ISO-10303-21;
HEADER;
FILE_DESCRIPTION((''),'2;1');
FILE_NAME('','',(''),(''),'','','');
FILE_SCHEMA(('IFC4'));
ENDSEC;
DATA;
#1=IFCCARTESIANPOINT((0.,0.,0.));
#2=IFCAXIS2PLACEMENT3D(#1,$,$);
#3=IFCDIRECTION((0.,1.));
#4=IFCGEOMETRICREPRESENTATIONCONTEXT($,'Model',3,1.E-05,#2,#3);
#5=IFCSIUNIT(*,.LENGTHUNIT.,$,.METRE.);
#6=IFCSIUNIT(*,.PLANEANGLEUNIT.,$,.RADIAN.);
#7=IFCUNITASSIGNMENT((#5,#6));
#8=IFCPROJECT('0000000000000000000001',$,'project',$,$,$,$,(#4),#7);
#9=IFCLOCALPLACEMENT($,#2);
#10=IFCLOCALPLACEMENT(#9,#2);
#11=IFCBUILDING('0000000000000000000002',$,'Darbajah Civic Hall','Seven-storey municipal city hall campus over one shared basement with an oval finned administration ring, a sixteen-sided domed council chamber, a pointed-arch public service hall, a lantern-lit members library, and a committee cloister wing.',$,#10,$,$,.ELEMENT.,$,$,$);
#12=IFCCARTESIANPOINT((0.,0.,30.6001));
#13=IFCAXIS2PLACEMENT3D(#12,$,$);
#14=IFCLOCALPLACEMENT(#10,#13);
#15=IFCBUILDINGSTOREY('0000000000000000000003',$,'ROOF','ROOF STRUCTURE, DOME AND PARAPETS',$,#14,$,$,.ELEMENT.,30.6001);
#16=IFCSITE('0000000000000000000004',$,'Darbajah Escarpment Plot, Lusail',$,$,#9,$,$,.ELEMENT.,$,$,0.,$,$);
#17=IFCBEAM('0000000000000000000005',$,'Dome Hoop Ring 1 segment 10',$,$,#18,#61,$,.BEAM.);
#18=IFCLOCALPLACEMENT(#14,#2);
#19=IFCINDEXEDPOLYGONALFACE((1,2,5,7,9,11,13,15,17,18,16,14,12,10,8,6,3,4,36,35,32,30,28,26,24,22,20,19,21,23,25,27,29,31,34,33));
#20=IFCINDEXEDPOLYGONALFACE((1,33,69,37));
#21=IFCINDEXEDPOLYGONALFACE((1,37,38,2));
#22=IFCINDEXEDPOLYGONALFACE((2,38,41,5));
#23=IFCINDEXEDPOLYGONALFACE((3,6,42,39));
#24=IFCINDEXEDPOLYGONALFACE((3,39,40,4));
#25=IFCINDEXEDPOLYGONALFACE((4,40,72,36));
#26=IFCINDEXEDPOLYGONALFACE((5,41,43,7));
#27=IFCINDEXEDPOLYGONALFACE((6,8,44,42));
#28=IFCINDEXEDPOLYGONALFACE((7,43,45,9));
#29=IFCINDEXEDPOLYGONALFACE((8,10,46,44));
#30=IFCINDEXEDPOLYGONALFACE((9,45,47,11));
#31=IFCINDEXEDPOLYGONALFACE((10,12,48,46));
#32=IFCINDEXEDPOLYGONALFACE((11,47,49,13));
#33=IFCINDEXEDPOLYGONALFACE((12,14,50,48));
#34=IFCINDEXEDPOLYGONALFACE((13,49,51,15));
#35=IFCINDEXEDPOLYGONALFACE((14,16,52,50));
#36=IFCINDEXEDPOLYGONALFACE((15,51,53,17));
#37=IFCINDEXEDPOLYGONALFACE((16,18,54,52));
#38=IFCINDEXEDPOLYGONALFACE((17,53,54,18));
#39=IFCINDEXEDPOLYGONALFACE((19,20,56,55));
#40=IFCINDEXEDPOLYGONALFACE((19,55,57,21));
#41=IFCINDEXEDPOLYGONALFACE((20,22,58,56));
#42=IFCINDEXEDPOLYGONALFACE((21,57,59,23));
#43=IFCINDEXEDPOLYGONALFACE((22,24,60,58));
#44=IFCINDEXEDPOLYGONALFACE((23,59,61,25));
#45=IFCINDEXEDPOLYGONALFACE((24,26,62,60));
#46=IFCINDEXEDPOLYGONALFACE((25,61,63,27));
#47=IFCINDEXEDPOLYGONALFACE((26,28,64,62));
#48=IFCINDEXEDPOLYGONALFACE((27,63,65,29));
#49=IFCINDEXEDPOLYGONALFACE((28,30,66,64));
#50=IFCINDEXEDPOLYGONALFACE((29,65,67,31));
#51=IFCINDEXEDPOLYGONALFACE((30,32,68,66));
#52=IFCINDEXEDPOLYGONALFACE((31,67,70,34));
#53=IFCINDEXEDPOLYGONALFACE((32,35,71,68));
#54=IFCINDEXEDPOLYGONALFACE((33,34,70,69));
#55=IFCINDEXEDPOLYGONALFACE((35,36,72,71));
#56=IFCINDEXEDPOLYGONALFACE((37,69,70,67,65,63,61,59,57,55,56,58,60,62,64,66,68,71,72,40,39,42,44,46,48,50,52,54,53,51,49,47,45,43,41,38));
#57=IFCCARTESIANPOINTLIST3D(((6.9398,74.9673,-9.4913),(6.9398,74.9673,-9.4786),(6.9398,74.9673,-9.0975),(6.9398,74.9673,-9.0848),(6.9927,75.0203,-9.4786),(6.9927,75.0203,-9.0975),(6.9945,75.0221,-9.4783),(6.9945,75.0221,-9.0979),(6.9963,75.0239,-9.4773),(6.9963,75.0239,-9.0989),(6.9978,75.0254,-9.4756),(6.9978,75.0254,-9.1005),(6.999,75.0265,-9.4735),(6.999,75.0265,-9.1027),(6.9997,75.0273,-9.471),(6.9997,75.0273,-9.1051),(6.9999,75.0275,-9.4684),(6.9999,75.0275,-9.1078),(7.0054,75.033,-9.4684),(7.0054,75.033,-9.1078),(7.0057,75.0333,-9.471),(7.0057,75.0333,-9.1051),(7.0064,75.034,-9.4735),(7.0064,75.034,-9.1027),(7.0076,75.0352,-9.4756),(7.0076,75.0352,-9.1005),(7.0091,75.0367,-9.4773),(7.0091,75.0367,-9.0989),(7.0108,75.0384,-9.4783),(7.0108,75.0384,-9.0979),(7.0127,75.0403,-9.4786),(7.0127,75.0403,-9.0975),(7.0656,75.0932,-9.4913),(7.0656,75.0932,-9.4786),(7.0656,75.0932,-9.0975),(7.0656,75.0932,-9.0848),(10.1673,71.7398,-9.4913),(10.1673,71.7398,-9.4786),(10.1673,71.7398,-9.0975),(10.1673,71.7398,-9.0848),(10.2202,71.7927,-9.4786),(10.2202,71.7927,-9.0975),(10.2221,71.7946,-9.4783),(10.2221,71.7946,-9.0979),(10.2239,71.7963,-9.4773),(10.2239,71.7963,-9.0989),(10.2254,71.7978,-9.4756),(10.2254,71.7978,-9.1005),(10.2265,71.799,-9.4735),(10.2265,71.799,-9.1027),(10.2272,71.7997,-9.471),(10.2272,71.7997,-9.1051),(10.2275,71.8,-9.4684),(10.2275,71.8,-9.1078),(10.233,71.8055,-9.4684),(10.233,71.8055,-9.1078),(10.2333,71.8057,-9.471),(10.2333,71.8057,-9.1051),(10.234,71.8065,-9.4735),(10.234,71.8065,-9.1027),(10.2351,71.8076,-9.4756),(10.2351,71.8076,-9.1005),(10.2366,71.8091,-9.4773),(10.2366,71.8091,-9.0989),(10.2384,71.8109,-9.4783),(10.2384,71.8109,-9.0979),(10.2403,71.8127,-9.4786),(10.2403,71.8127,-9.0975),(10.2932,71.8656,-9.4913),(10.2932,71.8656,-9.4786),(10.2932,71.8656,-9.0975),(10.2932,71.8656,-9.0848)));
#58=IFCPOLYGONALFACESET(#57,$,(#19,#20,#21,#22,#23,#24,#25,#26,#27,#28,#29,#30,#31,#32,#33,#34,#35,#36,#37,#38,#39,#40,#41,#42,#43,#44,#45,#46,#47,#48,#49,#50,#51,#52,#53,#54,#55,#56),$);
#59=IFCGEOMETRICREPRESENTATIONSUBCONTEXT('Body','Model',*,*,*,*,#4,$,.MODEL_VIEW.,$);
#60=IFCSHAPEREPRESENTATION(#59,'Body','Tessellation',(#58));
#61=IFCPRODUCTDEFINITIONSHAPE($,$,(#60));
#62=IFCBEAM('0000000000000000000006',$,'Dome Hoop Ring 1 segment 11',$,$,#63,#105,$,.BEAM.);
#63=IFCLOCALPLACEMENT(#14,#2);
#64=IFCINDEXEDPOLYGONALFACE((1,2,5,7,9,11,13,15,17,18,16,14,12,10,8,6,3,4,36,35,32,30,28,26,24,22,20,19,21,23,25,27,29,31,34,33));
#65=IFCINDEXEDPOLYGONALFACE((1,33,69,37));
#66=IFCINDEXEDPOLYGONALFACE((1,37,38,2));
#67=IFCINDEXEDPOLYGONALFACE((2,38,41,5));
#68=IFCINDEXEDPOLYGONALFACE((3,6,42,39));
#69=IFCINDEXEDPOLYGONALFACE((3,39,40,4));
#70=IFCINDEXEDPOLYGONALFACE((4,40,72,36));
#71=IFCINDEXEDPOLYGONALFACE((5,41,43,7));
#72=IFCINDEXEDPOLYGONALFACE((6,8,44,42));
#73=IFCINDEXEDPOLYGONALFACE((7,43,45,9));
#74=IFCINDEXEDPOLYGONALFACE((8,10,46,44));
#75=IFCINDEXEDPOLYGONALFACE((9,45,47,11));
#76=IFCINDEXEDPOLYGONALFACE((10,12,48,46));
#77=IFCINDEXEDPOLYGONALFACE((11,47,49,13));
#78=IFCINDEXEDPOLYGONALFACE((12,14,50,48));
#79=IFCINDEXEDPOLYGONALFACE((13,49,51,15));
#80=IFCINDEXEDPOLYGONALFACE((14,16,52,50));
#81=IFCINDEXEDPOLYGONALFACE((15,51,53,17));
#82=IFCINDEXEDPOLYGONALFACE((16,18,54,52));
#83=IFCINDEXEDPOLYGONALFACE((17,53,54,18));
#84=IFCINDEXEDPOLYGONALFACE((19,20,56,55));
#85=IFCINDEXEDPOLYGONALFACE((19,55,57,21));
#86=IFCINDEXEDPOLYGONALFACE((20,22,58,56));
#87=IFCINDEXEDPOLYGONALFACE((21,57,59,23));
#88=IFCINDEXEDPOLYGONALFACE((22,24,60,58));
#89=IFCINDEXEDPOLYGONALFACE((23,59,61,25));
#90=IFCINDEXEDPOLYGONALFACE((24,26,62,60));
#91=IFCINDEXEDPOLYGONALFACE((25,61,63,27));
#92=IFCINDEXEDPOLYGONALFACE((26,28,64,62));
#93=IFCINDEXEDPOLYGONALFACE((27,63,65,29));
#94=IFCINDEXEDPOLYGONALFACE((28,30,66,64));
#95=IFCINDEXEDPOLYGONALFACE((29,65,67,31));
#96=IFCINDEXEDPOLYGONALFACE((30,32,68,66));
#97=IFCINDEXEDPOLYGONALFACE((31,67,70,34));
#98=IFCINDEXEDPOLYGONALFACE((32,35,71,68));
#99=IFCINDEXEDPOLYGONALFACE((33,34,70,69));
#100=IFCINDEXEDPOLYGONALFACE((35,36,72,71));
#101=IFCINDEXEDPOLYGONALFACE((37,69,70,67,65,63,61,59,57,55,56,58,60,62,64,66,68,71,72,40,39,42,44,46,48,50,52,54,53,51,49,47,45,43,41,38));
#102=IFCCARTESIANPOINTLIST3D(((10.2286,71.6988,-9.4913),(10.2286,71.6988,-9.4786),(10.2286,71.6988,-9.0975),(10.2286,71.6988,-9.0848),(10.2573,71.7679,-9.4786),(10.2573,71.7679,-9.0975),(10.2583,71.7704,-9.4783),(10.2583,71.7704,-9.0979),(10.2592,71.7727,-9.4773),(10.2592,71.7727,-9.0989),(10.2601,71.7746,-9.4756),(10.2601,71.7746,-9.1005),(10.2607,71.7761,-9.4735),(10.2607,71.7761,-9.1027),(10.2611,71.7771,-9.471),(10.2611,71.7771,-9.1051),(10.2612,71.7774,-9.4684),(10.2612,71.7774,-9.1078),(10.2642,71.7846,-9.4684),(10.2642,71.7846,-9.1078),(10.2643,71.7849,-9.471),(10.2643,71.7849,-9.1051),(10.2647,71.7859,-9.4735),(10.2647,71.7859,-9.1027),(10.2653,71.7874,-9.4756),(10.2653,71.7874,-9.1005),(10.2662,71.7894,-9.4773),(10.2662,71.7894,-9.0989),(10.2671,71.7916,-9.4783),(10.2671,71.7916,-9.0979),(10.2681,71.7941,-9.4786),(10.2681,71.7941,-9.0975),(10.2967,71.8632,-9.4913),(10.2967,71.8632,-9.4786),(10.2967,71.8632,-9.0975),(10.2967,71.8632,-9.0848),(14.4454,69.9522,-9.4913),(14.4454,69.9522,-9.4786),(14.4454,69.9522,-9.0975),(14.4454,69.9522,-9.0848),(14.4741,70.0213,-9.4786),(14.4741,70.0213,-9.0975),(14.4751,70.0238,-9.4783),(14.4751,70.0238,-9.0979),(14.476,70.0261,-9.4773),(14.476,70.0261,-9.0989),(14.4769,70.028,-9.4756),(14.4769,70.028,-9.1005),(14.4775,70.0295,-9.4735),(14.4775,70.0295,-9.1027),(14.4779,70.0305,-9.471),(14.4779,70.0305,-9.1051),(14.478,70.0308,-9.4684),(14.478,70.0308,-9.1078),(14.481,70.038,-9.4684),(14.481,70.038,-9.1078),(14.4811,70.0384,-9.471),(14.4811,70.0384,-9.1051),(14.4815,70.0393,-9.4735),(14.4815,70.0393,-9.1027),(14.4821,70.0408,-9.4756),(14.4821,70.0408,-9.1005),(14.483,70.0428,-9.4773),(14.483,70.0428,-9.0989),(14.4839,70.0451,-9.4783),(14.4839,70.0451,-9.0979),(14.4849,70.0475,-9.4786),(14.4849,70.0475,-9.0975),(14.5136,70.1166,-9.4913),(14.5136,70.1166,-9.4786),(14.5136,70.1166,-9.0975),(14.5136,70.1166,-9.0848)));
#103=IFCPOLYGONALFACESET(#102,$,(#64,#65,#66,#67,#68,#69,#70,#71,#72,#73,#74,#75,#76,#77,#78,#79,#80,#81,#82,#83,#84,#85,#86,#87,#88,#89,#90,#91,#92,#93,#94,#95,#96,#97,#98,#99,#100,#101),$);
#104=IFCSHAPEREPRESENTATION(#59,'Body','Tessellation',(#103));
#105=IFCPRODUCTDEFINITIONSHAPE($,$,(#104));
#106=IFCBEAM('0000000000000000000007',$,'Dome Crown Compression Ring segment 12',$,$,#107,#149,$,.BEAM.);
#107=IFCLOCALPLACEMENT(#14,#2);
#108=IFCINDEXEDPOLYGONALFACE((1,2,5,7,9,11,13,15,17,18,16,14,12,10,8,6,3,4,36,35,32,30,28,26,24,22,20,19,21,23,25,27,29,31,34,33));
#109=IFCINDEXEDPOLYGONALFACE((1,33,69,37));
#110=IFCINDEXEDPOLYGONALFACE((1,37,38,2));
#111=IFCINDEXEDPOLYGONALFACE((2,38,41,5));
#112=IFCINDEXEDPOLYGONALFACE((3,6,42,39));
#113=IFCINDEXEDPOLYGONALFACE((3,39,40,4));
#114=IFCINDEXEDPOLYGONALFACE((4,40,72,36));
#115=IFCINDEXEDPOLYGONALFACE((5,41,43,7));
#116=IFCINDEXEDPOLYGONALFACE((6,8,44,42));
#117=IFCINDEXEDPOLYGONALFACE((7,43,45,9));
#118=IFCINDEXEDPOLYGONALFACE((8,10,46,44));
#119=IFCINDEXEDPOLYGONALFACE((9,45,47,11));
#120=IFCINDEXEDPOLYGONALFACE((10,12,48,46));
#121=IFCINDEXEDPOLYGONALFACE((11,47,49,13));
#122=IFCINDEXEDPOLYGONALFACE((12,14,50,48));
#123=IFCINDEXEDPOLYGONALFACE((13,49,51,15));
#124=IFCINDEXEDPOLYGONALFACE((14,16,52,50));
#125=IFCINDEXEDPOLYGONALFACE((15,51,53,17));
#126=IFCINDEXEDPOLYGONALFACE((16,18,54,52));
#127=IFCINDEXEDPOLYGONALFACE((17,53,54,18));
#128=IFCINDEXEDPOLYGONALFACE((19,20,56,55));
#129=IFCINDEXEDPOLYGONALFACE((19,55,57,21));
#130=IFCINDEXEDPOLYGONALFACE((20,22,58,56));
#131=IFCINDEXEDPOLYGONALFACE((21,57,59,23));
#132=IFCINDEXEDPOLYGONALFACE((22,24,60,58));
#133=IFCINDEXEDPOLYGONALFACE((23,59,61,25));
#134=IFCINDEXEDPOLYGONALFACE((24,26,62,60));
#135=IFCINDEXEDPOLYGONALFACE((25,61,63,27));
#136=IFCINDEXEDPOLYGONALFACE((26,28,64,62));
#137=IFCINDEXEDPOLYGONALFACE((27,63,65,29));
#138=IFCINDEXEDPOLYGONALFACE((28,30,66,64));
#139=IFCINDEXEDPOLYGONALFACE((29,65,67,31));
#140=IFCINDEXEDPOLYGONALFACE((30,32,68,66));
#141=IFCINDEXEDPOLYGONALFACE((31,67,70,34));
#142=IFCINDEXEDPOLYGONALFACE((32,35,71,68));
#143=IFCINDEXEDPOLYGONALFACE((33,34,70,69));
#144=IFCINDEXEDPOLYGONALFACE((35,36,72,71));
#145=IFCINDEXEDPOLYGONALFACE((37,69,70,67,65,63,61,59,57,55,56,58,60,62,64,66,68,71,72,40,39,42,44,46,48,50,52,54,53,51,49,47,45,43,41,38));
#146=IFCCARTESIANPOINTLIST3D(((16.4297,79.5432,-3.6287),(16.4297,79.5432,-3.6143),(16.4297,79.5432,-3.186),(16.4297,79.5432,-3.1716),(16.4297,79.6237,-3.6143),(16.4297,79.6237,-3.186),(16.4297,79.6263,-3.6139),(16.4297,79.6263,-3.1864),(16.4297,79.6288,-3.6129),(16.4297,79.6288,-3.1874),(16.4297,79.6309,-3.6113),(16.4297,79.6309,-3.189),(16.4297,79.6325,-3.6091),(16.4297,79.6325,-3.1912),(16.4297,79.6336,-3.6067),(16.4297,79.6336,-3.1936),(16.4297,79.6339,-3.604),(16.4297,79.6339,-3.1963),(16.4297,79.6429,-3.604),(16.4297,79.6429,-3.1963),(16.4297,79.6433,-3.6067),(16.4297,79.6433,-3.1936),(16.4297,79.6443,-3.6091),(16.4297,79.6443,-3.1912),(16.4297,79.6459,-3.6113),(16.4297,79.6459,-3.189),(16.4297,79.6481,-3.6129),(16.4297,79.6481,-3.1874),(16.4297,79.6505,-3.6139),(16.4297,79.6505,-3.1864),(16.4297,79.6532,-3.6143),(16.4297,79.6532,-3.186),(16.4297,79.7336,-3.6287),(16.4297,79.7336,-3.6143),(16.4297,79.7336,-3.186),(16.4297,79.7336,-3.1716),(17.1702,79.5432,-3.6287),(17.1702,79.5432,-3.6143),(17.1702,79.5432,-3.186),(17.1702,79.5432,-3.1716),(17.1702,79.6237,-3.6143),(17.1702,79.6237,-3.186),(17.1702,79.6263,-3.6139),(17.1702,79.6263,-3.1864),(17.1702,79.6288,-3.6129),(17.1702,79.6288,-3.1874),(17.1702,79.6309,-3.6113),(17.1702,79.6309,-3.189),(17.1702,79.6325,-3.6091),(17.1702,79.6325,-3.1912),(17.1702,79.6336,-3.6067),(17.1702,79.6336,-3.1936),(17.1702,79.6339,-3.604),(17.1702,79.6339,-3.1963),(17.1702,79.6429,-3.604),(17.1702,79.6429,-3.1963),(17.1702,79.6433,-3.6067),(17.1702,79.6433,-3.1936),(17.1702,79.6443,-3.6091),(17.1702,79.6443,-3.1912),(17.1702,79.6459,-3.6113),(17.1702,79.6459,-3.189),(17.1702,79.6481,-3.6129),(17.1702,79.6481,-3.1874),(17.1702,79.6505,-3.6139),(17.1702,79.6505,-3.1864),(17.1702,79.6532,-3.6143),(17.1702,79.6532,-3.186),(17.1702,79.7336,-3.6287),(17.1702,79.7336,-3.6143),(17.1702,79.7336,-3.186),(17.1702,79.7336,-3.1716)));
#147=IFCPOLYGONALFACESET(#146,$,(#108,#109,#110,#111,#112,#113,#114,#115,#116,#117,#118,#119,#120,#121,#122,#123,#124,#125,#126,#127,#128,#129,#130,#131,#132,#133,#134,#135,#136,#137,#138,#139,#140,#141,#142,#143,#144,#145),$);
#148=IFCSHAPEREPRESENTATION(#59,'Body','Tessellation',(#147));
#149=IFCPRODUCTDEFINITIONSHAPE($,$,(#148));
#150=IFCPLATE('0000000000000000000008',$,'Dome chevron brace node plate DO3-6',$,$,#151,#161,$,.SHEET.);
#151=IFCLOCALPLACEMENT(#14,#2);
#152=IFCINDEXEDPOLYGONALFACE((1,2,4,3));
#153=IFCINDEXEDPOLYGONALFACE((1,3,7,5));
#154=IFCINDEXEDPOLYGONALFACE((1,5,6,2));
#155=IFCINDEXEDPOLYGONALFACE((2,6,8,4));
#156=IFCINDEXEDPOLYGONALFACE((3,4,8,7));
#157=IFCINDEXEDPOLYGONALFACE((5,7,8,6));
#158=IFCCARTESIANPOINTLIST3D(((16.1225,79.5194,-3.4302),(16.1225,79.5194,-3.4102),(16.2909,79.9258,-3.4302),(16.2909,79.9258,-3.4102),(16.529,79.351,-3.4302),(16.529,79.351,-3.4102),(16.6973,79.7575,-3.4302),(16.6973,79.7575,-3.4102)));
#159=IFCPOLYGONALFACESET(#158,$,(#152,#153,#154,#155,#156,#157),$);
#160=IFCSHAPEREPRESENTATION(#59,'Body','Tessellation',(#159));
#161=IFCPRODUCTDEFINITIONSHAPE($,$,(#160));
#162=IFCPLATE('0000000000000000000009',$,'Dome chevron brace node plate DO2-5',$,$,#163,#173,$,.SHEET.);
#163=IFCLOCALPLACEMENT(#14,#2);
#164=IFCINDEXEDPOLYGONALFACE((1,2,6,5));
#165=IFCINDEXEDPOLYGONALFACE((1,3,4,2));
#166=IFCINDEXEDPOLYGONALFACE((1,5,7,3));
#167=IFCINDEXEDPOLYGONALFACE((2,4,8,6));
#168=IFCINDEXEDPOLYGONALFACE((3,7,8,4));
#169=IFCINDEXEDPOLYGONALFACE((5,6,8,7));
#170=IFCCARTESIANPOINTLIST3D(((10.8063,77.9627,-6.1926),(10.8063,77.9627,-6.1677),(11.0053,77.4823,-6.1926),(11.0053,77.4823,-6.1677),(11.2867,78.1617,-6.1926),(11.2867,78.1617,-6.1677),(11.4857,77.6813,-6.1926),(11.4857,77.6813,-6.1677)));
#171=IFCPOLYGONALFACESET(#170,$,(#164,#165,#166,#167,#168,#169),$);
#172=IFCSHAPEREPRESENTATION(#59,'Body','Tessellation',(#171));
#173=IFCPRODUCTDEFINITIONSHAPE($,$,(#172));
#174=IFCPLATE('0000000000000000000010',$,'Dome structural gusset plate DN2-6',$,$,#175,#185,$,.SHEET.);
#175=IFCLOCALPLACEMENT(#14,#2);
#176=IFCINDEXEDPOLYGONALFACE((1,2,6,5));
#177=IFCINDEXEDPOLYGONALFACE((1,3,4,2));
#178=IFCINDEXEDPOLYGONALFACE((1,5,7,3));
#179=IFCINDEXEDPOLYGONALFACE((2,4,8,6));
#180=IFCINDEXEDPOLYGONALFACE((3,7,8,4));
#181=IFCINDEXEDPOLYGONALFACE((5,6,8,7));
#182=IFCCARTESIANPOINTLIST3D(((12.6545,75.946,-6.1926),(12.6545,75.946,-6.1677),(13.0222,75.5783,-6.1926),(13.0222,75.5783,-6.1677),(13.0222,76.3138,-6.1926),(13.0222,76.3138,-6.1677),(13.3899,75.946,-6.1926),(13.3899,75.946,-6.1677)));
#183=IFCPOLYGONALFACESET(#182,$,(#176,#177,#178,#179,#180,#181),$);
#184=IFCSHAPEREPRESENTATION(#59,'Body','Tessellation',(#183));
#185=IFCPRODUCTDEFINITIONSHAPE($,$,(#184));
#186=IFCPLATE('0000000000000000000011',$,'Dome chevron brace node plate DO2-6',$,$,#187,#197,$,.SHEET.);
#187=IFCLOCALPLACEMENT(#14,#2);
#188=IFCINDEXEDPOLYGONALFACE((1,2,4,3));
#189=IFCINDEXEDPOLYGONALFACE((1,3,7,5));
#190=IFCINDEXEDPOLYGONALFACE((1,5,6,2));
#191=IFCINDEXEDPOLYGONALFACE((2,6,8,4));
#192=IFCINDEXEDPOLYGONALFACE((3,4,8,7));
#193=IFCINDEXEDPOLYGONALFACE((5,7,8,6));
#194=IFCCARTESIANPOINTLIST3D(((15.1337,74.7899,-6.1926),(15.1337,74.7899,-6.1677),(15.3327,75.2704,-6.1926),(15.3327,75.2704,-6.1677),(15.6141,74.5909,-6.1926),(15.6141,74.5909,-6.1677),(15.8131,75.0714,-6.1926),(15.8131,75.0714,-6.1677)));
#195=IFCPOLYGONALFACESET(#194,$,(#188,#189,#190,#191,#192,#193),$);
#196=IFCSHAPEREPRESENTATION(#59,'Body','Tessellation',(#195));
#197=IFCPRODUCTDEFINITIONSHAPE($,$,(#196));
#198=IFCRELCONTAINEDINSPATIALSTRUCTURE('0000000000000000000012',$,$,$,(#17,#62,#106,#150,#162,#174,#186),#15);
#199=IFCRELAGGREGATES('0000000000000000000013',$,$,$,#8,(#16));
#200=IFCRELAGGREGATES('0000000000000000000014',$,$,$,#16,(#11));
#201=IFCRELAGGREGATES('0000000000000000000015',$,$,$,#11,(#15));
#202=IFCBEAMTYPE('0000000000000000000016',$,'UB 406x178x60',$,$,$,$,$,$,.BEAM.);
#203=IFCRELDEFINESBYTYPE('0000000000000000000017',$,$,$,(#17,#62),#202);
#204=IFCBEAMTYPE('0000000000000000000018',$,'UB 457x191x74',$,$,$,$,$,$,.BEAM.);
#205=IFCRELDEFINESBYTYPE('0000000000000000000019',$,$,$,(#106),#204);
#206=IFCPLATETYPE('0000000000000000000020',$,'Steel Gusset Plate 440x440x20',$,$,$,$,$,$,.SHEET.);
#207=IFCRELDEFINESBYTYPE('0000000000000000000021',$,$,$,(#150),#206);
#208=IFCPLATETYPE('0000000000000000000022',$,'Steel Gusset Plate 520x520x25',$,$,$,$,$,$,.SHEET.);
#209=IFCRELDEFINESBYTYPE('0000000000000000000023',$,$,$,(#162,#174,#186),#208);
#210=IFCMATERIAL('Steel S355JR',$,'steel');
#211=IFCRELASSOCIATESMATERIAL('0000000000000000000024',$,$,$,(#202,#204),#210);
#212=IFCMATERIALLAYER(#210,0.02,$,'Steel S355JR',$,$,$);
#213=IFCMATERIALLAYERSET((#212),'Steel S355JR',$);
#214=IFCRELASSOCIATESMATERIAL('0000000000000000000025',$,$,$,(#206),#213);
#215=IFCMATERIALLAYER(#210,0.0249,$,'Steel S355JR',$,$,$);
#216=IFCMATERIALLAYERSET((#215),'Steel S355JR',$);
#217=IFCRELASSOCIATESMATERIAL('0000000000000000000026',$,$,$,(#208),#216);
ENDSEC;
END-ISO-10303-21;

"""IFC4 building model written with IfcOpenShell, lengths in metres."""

from ifc_helpers import new_model, si_unit, direction, frame, origin, origin_2d, place, context, subcontext, project, spatial, rectangle, i_section, extrude, material, layer, layer_set, material_profile, profile_set, type_object, element, save


model = new_model("IFC4")

# Units and contexts
model_context = context("Model", 3, precision=1e-05, world=origin(), true_north=direction((0.0, 1.0)))
body_context = subcontext(model_context, "Body", "Model", "MODEL_VIEW")
ifc_project = project(units=[si_unit("LENGTHUNIT", "METRE"), si_unit("PLANEANGLEUNIT", "RADIAN")], contexts=[model_context])

# Site, building, storey
site_placement = place(None, origin())
site = spatial("IfcSite", under=ifc_project, at=site_placement, Name="Darbajah Escarpment Plot, Lusail", CompositionType="ELEMENT", RefElevation=0.0)
building_placement = place(site_placement, origin())
building = spatial("IfcBuilding", under=site, at=building_placement, Name="Darbajah Civic Hall", Description="Seven-storey municipal city hall campus over one shared basement with an oval finned administration ring, a sixteen-sided domed council chamber, a pointed-arch public service hall, a lantern-lit members library, and a committee cloister wing.", CompositionType="ELEMENT")
storey_placement = place(building_placement, frame((0.0, 0.0, 30.6001)))
storey = spatial("IfcBuildingStorey", under=building, at=storey_placement, Name="ROOF", Description="ROOF STRUCTURE, DOME AND PARAPETS", CompositionType="ELEMENT", Elevation=30.6001)

# Shared definitions
ifc_material = material(Name="Steel S355JR", Category="steel")

# Beams
ifc_material_profile_1 = material_profile(ifc_material, i_section(OverallWidth=0.178, OverallDepth=0.4065, WebThickness=0.0078, FlangeThickness=0.0127, FilletRadius=0.0103, at=origin_2d()), Name="UB 406x178x60")
ifc_profile_set_1 = profile_set([ifc_material_profile_1], Name="Steel S355JR")
beam_type_1 = type_object("IfcBeamType", Name="UB 406x178x60", PredefinedType="BEAM", material=ifc_profile_set_1)
beam_1_placement = place(storey_placement, frame((7.0027, 75.0303, -9.2881), z_axis=(0.707107, -0.707107, 0.0), x_axis=(0.707107, 0.707107, 0.0)))
element("IfcBeam", 1, at=beam_1_placement, inside=storey, type_object=beam_type_1, Name="Dome Hoop Ring 1 segment 10", PredefinedType="BEAM", context=body_context, shape_type="SweptSolid", body=[
    extrude(i_section(OverallWidth=0.178, OverallDepth=0.4065, WebThickness=0.0078, FlangeThickness=0.0127, FilletRadius=0.0103, at=origin_2d()), origin(), (0.0, 0.0, 1.0), 4.5645),
])
beam_2_placement = place(storey_placement, frame((10.2627, 71.781, -9.2881), z_axis=(0.923885, -0.38267, 0.0), x_axis=(0.38267, 0.923885, 0.0)))
element("IfcBeam", 2, at=beam_2_placement, inside=storey, type_object=beam_type_1, Name="Dome Hoop Ring 1 segment 11", PredefinedType="BEAM", context=body_context, shape_type="SweptSolid", body=[
    extrude(i_section(OverallWidth=0.178, OverallDepth=0.4065, WebThickness=0.0078, FlangeThickness=0.0127, FilletRadius=0.0103, at=origin_2d()), origin(), (0.0, 0.0, 1.0), 4.5642),
])
ifc_material_profile_2 = material_profile(ifc_material, i_section(OverallWidth=0.1904, OverallDepth=0.457, WebThickness=0.009, FlangeThickness=0.0144, FilletRadius=0.0103, at=origin_2d()), Name="UB 457x191x74")
ifc_profile_set_2 = profile_set([ifc_material_profile_2], Name="Steel S355JR")
beam_type_2 = type_object("IfcBeamType", Name="UB 457x191x74", PredefinedType="BEAM", material=ifc_profile_set_2)
beam_3_placement = place(storey_placement, frame((16.4297, 79.6384, -3.4001), z_axis=(1.0, 0.0, 0.0), x_axis=(0.0, 1.0, 0.0)))
element("IfcBeam", 3, at=beam_3_placement, inside=storey, type_object=beam_type_2, Name="Dome Crown Compression Ring segment 12", PredefinedType="BEAM", context=body_context, shape_type="SweptSolid", body=[
    extrude(i_section(OverallWidth=0.1904, OverallDepth=0.457, WebThickness=0.009, FlangeThickness=0.0144, FilletRadius=0.0103, at=origin_2d()), origin(), (0.0, 0.0, 1.0), 0.7405),
])

# Plates
ifc_layer_1 = layer(ifc_material, 0.02, Name="Steel S355JR")
ifc_layer_set_1 = layer_set([ifc_layer_1], Name="Steel S355JR")
plate_type_1 = type_object("IfcPlateType", Name="Steel Gusset Plate 440x440x20", PredefinedType="SHEET", material=ifc_layer_set_1)
plate_placement = place(storey_placement, frame((16.4099, 79.6384, -3.4302), z_axis=(0.0, 0.0, 1.0), x_axis=(-0.382683, -0.92388, 0.0)))
element("IfcPlate", 4, at=plate_placement, inside=storey, type_object=plate_type_1, Name="Dome chevron brace node plate DO3-6", PredefinedType="SHEET", context=body_context, shape_type="SweptSolid", body=[
    extrude(rectangle(XDim=0.4399, YDim=0.4399, at=origin_2d()), origin(), (0.0, 0.0, 1.0), 0.02),
])
ifc_layer_2 = layer(ifc_material, 0.0249, Name="Steel S355JR")
ifc_layer_set_2 = layer_set([ifc_layer_2], Name="Steel S355JR")
plate_type_2 = type_object("IfcPlateType", Name="Steel Gusset Plate 520x520x25", PredefinedType="SHEET", material=ifc_layer_set_2)
for number, where, z_axis, x_axis, name in (
    (5, (11.146, 77.822, -6.1926), (0.0, 0.0, 1.0), (-0.92388, -0.382683, 0.0), "Dome chevron brace node plate DO2-5"),
    (6, (13.0222, 75.946, -6.1926), (0.0, 0.0, 1.0), (-0.707107, -0.707107, 0.0), "Dome structural gusset plate DN2-6"),
    (7, (15.4734, 74.9307, -6.1926), (0.0, 0.0, 1.0), (-0.382683, -0.92388, 0.0), "Dome chevron brace node plate DO2-6"),
):
    element("IfcPlate", number, at=place(storey_placement, frame(where, z_axis=z_axis, x_axis=x_axis)), inside=storey, type_object=plate_type_2, Name=name, PredefinedType="SHEET", context=body_context, shape_type="SweptSolid", body=[
        extrude(rectangle(XDim=0.52, YDim=0.52, at=origin_2d()), origin(), (0.0, 0.0, 1.0), 0.0249),
    ])

save(model, "model.ifc")
